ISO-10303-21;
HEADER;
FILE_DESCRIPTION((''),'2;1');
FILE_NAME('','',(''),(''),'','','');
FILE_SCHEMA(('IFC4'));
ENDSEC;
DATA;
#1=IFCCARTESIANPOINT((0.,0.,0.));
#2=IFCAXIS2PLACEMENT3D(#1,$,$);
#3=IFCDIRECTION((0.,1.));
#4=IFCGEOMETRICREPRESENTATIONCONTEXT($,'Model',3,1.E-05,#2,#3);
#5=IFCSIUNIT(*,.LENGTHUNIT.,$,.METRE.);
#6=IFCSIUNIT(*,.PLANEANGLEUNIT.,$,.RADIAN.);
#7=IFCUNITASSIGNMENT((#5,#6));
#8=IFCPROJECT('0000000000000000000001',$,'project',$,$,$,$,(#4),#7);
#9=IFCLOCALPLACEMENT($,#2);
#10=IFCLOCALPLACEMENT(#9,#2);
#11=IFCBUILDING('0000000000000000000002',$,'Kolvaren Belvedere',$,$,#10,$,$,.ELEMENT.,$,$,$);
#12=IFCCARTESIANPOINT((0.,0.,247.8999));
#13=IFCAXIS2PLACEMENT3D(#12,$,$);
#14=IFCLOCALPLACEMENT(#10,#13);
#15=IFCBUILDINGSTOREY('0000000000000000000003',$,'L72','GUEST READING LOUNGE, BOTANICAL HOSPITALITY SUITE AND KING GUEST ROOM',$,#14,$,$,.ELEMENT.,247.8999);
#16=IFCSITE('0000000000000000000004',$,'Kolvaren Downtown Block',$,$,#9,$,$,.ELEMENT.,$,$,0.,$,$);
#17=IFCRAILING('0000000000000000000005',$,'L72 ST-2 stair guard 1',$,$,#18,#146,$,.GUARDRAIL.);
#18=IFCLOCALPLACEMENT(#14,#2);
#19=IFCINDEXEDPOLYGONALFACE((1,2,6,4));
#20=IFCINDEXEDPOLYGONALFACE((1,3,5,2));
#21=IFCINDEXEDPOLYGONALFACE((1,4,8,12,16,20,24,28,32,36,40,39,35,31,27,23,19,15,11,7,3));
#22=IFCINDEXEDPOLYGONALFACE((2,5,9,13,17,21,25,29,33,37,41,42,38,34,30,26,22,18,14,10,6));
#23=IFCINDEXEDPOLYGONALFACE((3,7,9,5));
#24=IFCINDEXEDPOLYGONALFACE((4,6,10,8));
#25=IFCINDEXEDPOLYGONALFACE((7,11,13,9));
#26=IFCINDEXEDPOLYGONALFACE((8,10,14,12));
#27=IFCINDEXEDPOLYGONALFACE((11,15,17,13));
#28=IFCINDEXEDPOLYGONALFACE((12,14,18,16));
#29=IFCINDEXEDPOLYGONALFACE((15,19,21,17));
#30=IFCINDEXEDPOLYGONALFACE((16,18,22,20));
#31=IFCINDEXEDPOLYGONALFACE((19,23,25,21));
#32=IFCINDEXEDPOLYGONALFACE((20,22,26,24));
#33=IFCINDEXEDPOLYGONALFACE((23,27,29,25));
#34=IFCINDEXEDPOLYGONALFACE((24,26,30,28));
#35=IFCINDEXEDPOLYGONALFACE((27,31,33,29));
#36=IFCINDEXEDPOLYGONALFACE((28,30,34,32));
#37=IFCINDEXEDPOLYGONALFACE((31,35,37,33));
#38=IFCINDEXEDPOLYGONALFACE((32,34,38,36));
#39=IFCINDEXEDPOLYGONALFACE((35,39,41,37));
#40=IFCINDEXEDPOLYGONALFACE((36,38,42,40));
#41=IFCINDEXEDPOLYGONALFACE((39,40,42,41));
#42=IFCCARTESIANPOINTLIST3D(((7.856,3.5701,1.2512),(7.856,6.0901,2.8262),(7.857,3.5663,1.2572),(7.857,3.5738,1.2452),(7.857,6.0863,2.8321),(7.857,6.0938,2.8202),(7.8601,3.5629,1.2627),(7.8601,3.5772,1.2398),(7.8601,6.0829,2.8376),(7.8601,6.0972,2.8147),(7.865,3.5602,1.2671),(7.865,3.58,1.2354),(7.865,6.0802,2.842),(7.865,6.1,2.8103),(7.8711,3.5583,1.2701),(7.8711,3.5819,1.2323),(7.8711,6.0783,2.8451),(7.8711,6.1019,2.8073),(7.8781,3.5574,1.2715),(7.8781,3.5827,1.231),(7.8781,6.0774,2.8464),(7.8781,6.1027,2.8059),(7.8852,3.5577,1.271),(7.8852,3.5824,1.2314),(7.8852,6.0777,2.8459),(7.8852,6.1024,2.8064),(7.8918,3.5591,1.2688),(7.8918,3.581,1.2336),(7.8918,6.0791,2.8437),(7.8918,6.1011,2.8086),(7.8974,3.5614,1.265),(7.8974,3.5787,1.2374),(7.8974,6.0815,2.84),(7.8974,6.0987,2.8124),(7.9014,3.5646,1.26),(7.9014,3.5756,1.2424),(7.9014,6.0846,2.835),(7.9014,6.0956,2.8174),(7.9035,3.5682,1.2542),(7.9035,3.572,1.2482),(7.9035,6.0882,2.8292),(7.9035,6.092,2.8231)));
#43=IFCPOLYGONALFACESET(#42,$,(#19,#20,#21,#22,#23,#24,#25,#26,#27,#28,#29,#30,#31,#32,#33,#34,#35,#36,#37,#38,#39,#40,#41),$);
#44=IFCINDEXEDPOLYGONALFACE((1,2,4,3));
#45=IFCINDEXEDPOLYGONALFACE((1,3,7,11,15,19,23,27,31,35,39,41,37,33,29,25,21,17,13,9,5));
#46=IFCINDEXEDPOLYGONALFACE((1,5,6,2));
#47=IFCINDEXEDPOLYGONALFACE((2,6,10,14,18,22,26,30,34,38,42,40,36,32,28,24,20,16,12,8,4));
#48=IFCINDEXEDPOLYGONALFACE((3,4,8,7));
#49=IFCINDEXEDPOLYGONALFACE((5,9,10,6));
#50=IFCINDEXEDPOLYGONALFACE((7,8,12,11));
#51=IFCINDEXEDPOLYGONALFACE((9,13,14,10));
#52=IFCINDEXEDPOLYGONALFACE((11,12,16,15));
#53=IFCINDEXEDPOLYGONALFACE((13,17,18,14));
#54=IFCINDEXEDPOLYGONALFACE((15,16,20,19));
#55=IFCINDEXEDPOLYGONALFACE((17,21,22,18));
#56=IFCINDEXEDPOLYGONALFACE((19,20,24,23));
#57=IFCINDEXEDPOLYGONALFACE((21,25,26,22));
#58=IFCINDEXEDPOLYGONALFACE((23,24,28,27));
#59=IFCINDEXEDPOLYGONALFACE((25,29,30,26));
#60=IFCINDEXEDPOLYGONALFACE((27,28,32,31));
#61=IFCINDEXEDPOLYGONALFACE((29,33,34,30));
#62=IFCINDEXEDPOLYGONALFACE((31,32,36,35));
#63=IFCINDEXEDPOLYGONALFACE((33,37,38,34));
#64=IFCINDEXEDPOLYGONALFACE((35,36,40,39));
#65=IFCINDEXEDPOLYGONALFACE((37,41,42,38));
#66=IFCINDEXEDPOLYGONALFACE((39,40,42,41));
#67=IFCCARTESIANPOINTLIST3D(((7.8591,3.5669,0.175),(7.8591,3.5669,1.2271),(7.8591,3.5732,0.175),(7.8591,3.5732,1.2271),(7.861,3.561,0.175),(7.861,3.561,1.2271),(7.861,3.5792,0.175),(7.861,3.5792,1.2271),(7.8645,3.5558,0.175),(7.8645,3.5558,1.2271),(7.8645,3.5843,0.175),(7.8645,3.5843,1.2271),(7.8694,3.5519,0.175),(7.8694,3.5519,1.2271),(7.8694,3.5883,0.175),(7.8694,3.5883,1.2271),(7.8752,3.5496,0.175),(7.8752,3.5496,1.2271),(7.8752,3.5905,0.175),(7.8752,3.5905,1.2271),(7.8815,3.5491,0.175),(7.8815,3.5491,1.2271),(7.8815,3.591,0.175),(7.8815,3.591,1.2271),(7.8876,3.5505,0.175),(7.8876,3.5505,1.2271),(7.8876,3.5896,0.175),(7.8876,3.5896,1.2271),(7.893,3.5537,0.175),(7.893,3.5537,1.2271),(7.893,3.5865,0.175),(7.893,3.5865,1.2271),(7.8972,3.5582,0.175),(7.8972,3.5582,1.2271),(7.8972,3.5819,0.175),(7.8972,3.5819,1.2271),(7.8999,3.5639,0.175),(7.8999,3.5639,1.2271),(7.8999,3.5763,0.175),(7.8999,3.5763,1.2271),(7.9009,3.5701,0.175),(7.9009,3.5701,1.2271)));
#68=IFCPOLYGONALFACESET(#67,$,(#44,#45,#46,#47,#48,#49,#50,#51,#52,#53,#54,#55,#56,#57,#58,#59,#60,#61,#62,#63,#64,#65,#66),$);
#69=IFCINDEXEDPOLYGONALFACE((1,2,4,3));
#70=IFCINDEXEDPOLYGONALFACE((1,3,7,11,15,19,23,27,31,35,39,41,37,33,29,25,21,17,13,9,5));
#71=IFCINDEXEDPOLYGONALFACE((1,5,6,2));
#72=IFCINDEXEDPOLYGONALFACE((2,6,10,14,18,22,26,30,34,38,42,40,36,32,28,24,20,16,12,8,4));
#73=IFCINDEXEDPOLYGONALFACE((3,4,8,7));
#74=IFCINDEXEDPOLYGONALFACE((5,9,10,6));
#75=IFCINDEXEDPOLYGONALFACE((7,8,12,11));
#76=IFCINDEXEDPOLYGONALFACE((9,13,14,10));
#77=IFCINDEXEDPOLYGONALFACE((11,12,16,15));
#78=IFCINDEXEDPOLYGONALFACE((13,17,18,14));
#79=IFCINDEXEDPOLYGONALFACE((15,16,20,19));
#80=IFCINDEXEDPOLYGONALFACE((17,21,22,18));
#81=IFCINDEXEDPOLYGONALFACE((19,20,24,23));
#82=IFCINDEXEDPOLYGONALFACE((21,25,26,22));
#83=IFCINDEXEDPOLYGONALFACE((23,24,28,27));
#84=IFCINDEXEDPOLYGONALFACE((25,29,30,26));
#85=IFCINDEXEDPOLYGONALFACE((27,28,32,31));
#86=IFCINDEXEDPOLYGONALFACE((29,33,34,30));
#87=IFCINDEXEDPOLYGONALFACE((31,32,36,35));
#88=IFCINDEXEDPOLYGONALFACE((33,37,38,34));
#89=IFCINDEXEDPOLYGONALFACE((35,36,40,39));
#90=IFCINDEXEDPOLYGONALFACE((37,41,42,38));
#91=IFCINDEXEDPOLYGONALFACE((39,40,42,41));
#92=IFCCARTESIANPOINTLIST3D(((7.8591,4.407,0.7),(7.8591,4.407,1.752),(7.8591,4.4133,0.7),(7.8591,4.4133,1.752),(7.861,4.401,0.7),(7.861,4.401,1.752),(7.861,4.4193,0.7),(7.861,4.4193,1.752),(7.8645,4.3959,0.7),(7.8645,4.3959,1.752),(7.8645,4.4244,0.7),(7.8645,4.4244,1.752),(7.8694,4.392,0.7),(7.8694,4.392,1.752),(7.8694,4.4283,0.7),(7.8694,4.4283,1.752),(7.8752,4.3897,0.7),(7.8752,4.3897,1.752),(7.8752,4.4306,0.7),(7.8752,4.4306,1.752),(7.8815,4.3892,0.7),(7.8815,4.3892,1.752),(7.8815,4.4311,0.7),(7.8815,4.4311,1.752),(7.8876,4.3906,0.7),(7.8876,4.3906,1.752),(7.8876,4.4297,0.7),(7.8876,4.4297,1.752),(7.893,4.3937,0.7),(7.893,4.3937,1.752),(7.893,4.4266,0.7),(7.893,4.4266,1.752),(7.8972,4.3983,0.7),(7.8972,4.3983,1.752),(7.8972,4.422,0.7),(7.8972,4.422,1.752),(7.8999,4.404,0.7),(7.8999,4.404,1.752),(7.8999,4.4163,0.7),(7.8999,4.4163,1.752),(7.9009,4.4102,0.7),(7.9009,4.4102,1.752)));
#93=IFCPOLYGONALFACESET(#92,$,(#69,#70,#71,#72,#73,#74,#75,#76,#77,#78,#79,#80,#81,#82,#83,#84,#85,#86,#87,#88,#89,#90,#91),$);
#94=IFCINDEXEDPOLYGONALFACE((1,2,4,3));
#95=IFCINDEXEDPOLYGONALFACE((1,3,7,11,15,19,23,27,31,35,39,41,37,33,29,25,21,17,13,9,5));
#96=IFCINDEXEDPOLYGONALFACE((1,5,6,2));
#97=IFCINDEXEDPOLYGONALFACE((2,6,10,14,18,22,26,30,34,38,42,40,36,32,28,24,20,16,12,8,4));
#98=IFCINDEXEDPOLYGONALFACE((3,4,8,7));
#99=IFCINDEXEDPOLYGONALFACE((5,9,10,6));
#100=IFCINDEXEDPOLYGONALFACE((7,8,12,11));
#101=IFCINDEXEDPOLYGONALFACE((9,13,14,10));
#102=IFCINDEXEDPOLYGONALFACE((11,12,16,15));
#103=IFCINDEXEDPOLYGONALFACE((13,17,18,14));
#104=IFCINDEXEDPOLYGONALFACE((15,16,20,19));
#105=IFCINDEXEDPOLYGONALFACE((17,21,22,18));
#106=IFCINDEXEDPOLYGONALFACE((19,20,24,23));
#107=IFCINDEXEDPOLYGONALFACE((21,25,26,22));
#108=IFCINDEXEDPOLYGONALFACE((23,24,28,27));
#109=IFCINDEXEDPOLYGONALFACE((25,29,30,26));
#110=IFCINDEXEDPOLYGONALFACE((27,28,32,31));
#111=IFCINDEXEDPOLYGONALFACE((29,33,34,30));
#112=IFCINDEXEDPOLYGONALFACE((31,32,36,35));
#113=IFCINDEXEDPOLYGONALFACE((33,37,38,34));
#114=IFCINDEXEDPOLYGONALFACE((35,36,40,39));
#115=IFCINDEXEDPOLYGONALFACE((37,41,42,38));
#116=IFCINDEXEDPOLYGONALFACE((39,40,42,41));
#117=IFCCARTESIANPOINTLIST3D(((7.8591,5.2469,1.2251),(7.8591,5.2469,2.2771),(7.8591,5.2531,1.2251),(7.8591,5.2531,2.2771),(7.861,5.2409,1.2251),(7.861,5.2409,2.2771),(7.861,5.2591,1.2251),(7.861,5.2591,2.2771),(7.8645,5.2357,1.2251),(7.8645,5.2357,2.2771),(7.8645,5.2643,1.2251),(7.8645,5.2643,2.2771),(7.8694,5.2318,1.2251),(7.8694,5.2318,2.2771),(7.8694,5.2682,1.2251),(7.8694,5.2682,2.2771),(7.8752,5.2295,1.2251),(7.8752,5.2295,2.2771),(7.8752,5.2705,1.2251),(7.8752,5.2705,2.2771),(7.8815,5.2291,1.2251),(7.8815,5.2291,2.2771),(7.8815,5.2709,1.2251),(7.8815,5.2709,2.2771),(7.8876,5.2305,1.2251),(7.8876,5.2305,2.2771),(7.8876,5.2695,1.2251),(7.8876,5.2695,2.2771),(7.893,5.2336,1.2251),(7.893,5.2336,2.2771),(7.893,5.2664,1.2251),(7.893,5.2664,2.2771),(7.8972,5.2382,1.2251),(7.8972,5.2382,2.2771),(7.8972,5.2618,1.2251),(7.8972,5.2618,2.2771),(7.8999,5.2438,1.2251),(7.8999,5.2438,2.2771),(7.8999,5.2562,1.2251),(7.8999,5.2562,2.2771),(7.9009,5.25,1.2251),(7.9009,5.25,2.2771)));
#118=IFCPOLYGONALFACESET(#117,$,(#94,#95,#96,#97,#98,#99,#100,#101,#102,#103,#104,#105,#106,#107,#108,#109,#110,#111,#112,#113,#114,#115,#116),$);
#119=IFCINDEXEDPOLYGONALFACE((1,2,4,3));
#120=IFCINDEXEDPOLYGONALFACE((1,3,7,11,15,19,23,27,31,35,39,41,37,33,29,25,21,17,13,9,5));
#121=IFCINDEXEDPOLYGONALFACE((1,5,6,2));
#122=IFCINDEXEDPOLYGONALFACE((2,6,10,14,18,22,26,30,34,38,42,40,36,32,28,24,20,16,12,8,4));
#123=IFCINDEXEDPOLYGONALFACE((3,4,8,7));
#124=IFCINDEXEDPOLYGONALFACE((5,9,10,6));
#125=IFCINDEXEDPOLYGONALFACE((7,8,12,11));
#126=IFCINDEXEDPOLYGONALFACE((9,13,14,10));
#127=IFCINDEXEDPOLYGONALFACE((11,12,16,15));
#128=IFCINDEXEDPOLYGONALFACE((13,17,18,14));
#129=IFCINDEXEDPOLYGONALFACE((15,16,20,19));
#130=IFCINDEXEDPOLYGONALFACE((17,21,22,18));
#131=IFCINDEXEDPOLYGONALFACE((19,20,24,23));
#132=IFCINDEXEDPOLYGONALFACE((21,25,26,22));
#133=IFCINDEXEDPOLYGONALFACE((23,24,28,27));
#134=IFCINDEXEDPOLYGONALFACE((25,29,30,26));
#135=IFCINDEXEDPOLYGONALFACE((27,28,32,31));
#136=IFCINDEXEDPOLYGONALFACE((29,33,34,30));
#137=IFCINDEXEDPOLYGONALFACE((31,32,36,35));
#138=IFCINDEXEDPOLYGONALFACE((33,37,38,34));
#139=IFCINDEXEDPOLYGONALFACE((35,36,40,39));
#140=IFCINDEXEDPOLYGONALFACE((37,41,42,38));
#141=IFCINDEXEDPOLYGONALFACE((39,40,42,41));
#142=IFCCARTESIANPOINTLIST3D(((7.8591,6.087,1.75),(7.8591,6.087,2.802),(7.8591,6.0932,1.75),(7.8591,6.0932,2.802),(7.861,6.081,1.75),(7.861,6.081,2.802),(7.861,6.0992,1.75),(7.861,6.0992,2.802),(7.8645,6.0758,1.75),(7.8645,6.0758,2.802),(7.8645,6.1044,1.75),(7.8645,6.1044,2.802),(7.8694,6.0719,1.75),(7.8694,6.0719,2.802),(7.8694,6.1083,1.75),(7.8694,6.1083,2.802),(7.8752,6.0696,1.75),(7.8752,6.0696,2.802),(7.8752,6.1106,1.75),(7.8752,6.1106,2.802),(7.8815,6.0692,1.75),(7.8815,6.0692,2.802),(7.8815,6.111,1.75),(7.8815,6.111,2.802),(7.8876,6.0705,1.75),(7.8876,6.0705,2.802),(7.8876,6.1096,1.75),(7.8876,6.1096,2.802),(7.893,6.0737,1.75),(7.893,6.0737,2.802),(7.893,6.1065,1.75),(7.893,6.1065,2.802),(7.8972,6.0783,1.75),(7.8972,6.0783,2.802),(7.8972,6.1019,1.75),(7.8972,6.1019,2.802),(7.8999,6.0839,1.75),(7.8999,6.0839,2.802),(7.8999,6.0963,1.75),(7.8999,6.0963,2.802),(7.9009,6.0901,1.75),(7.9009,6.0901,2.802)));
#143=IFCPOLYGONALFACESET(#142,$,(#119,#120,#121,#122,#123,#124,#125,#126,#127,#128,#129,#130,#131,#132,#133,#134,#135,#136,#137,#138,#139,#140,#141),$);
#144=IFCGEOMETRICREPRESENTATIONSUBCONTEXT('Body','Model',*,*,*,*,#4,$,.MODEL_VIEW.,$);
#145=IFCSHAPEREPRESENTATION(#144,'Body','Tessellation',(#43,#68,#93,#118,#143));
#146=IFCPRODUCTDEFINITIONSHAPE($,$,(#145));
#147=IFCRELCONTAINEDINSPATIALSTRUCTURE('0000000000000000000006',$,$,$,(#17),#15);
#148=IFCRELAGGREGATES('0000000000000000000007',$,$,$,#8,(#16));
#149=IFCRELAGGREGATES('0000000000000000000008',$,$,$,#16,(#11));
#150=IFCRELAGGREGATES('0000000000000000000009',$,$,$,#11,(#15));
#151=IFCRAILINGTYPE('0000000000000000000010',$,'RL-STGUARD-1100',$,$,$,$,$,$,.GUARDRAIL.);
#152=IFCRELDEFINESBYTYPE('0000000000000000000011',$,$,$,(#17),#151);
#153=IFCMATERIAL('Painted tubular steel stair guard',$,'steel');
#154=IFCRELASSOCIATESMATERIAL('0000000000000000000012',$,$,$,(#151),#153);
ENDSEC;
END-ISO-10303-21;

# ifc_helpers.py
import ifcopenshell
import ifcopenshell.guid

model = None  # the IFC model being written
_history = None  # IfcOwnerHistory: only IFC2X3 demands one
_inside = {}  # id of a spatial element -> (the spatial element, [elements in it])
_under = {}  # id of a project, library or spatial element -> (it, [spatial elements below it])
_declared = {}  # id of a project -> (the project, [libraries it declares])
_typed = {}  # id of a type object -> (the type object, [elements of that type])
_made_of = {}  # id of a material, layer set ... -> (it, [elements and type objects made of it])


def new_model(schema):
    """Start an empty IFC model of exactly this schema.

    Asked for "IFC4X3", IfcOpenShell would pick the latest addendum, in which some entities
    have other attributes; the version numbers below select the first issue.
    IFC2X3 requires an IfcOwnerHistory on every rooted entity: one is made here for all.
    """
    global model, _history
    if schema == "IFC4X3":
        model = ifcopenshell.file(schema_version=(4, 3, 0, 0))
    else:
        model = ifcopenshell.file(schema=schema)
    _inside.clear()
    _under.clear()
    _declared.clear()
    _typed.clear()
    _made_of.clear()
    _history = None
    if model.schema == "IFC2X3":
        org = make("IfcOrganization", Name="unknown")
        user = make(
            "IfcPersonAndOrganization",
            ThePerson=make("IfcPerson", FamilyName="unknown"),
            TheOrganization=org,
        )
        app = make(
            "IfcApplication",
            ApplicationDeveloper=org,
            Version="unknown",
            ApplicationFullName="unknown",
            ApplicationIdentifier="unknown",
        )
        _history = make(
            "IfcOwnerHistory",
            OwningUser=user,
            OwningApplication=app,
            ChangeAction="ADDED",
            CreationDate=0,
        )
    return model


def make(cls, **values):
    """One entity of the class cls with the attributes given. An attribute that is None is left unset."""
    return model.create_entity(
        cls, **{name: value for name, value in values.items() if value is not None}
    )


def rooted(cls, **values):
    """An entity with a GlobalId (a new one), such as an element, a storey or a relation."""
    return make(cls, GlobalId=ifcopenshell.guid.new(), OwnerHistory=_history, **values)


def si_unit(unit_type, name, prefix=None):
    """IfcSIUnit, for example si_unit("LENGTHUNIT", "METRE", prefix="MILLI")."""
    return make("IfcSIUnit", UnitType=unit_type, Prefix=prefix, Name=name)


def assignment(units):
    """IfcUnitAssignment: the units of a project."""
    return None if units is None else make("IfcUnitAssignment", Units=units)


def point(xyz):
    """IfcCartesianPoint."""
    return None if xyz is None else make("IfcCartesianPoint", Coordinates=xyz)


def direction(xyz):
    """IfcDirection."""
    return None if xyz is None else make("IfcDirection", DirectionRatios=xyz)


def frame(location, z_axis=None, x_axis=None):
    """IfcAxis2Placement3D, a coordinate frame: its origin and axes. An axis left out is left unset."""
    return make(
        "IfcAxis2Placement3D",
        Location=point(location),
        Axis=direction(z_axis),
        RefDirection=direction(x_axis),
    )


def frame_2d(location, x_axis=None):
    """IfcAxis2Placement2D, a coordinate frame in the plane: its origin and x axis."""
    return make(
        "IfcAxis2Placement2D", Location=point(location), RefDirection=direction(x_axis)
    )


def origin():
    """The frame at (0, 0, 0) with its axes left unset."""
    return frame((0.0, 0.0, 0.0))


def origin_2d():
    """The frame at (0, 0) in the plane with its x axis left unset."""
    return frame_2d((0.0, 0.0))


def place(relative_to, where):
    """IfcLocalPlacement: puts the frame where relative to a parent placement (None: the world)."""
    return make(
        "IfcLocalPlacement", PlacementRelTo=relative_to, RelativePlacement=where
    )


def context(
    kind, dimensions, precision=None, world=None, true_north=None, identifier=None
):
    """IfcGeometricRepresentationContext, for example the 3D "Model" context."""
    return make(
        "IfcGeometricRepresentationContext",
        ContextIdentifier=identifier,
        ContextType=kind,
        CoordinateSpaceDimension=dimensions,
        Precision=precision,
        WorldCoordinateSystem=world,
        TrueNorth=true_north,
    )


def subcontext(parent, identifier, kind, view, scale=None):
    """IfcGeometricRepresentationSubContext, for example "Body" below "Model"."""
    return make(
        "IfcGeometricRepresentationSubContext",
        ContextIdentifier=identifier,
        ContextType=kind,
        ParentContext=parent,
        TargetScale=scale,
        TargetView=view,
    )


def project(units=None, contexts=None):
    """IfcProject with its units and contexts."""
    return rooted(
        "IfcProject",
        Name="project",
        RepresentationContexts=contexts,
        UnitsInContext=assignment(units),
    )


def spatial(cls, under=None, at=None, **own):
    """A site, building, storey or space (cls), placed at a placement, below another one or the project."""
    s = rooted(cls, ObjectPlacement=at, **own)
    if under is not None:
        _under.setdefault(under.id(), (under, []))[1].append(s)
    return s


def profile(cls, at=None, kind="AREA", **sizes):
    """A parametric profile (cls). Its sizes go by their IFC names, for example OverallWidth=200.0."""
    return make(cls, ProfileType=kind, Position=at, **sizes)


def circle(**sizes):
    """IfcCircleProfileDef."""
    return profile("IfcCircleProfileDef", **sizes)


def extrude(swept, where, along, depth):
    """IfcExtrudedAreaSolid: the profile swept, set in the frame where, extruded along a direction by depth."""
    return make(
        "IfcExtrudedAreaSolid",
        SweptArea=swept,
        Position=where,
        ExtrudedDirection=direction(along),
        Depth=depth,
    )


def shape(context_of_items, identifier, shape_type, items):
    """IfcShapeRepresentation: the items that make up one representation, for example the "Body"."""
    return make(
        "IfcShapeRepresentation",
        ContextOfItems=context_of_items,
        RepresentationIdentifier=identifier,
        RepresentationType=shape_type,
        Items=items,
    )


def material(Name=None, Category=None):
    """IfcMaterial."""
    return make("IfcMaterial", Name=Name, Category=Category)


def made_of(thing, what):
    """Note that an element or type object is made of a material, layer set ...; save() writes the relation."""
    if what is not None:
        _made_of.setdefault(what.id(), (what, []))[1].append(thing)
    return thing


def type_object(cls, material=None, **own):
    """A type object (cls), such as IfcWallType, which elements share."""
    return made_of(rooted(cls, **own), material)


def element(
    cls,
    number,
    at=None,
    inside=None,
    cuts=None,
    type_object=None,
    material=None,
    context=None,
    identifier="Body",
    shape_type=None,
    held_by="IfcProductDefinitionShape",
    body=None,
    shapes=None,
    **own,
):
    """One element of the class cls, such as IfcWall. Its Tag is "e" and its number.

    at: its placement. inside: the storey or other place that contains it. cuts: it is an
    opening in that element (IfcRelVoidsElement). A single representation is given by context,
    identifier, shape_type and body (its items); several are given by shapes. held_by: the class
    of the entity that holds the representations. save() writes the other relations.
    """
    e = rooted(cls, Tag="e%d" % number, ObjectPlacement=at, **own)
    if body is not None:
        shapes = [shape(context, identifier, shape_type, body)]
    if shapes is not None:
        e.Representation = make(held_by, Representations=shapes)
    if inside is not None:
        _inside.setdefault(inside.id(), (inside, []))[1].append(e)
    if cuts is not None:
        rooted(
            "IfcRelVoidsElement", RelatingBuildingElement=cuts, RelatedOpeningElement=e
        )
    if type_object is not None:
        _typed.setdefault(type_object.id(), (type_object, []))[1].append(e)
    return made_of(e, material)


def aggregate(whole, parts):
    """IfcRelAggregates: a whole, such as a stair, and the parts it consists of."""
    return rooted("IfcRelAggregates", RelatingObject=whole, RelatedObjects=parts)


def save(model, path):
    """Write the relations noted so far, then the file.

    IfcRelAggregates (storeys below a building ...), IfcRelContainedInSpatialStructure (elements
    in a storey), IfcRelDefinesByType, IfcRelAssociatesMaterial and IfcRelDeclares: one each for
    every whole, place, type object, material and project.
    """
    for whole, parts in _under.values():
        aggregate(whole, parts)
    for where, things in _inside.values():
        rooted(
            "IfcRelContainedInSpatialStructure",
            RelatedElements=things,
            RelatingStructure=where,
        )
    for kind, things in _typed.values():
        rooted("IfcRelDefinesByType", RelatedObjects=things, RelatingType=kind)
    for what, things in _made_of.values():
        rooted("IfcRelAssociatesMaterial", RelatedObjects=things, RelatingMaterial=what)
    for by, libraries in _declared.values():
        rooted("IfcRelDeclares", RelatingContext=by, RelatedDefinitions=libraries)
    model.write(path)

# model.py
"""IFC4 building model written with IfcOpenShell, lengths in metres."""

from ifc_helpers import new_model, si_unit, direction, frame, origin, origin_2d, place, context, subcontext, project, spatial, circle, extrude, material, type_object, element, save


model = new_model("IFC4")

# Units and contexts
model_context = context("Model", 3, precision=1e-05, world=origin(), true_north=direction((0.0, 1.0)))
body_context = subcontext(model_context, "Body", "Model", "MODEL_VIEW")
ifc_project = project(units=[si_unit("LENGTHUNIT", "METRE"), si_unit("PLANEANGLEUNIT", "RADIAN")], contexts=[model_context])

# Site, building, storey
site_placement = place(None, origin())
site = spatial("IfcSite", under=ifc_project, at=site_placement, Name="Kolvaren Downtown Block", CompositionType="ELEMENT", RefElevation=0.0)
building_placement = place(site_placement, origin())
building = spatial("IfcBuilding", under=site, at=building_placement, Name="Kolvaren Belvedere", CompositionType="ELEMENT")
storey_placement = place(building_placement, frame((0.0, 0.0, 247.8999)))
storey = spatial("IfcBuildingStorey", under=building, at=storey_placement, Name="L72", Description="GUEST READING LOUNGE, BOTANICAL HOSPITALITY SUITE AND KING GUEST ROOM", CompositionType="ELEMENT", Elevation=247.8999)

# Railing
ifc_material_1 = material(Name="Painted tubular steel stair guard", Category="steel")
railing_type_1 = type_object("IfcRailingType", Name="RL-STGUARD-1100", PredefinedType="GUARDRAIL", material=ifc_material_1)
railing_1_placement = place(storey_placement, frame((7.8799, 3.5701, 0.175)))
element("IfcRailing", 1, at=railing_1_placement, inside=storey, type_object=railing_type_1, Name="L72 ST-2 stair guard 1", PredefinedType="GUARDRAIL", context=body_context, shape_type="SweptSolid", body=[
    extrude(circle(Radius=0.0239, at=origin_2d()), frame((0.0, 0.0, 1.0762), z_axis=(0.0, 0.848008, 0.529984), x_axis=(-1.0, 0.0, 0.0)), (0.0, 0.0, 1.0), 2.9717),
    extrude(circle(Radius=0.021, at=origin_2d()), origin(), (0.0, 0.0, 1.0), 1.052),
    extrude(circle(Radius=0.021, at=origin_2d()), frame((0.0, 0.8401, 0.5249)), (0.0, 0.0, 1.0), 1.052),
    extrude(circle(Radius=0.021, at=origin_2d()), frame((0.0, 1.6799, 1.05)), (0.0, 0.0, 1.0), 1.052),
    extrude(circle(Radius=0.021, at=origin_2d()), frame((0.0, 2.52, 1.575)), (0.0, 0.0, 1.0), 1.052),
])

save(model, "model.ifc")
